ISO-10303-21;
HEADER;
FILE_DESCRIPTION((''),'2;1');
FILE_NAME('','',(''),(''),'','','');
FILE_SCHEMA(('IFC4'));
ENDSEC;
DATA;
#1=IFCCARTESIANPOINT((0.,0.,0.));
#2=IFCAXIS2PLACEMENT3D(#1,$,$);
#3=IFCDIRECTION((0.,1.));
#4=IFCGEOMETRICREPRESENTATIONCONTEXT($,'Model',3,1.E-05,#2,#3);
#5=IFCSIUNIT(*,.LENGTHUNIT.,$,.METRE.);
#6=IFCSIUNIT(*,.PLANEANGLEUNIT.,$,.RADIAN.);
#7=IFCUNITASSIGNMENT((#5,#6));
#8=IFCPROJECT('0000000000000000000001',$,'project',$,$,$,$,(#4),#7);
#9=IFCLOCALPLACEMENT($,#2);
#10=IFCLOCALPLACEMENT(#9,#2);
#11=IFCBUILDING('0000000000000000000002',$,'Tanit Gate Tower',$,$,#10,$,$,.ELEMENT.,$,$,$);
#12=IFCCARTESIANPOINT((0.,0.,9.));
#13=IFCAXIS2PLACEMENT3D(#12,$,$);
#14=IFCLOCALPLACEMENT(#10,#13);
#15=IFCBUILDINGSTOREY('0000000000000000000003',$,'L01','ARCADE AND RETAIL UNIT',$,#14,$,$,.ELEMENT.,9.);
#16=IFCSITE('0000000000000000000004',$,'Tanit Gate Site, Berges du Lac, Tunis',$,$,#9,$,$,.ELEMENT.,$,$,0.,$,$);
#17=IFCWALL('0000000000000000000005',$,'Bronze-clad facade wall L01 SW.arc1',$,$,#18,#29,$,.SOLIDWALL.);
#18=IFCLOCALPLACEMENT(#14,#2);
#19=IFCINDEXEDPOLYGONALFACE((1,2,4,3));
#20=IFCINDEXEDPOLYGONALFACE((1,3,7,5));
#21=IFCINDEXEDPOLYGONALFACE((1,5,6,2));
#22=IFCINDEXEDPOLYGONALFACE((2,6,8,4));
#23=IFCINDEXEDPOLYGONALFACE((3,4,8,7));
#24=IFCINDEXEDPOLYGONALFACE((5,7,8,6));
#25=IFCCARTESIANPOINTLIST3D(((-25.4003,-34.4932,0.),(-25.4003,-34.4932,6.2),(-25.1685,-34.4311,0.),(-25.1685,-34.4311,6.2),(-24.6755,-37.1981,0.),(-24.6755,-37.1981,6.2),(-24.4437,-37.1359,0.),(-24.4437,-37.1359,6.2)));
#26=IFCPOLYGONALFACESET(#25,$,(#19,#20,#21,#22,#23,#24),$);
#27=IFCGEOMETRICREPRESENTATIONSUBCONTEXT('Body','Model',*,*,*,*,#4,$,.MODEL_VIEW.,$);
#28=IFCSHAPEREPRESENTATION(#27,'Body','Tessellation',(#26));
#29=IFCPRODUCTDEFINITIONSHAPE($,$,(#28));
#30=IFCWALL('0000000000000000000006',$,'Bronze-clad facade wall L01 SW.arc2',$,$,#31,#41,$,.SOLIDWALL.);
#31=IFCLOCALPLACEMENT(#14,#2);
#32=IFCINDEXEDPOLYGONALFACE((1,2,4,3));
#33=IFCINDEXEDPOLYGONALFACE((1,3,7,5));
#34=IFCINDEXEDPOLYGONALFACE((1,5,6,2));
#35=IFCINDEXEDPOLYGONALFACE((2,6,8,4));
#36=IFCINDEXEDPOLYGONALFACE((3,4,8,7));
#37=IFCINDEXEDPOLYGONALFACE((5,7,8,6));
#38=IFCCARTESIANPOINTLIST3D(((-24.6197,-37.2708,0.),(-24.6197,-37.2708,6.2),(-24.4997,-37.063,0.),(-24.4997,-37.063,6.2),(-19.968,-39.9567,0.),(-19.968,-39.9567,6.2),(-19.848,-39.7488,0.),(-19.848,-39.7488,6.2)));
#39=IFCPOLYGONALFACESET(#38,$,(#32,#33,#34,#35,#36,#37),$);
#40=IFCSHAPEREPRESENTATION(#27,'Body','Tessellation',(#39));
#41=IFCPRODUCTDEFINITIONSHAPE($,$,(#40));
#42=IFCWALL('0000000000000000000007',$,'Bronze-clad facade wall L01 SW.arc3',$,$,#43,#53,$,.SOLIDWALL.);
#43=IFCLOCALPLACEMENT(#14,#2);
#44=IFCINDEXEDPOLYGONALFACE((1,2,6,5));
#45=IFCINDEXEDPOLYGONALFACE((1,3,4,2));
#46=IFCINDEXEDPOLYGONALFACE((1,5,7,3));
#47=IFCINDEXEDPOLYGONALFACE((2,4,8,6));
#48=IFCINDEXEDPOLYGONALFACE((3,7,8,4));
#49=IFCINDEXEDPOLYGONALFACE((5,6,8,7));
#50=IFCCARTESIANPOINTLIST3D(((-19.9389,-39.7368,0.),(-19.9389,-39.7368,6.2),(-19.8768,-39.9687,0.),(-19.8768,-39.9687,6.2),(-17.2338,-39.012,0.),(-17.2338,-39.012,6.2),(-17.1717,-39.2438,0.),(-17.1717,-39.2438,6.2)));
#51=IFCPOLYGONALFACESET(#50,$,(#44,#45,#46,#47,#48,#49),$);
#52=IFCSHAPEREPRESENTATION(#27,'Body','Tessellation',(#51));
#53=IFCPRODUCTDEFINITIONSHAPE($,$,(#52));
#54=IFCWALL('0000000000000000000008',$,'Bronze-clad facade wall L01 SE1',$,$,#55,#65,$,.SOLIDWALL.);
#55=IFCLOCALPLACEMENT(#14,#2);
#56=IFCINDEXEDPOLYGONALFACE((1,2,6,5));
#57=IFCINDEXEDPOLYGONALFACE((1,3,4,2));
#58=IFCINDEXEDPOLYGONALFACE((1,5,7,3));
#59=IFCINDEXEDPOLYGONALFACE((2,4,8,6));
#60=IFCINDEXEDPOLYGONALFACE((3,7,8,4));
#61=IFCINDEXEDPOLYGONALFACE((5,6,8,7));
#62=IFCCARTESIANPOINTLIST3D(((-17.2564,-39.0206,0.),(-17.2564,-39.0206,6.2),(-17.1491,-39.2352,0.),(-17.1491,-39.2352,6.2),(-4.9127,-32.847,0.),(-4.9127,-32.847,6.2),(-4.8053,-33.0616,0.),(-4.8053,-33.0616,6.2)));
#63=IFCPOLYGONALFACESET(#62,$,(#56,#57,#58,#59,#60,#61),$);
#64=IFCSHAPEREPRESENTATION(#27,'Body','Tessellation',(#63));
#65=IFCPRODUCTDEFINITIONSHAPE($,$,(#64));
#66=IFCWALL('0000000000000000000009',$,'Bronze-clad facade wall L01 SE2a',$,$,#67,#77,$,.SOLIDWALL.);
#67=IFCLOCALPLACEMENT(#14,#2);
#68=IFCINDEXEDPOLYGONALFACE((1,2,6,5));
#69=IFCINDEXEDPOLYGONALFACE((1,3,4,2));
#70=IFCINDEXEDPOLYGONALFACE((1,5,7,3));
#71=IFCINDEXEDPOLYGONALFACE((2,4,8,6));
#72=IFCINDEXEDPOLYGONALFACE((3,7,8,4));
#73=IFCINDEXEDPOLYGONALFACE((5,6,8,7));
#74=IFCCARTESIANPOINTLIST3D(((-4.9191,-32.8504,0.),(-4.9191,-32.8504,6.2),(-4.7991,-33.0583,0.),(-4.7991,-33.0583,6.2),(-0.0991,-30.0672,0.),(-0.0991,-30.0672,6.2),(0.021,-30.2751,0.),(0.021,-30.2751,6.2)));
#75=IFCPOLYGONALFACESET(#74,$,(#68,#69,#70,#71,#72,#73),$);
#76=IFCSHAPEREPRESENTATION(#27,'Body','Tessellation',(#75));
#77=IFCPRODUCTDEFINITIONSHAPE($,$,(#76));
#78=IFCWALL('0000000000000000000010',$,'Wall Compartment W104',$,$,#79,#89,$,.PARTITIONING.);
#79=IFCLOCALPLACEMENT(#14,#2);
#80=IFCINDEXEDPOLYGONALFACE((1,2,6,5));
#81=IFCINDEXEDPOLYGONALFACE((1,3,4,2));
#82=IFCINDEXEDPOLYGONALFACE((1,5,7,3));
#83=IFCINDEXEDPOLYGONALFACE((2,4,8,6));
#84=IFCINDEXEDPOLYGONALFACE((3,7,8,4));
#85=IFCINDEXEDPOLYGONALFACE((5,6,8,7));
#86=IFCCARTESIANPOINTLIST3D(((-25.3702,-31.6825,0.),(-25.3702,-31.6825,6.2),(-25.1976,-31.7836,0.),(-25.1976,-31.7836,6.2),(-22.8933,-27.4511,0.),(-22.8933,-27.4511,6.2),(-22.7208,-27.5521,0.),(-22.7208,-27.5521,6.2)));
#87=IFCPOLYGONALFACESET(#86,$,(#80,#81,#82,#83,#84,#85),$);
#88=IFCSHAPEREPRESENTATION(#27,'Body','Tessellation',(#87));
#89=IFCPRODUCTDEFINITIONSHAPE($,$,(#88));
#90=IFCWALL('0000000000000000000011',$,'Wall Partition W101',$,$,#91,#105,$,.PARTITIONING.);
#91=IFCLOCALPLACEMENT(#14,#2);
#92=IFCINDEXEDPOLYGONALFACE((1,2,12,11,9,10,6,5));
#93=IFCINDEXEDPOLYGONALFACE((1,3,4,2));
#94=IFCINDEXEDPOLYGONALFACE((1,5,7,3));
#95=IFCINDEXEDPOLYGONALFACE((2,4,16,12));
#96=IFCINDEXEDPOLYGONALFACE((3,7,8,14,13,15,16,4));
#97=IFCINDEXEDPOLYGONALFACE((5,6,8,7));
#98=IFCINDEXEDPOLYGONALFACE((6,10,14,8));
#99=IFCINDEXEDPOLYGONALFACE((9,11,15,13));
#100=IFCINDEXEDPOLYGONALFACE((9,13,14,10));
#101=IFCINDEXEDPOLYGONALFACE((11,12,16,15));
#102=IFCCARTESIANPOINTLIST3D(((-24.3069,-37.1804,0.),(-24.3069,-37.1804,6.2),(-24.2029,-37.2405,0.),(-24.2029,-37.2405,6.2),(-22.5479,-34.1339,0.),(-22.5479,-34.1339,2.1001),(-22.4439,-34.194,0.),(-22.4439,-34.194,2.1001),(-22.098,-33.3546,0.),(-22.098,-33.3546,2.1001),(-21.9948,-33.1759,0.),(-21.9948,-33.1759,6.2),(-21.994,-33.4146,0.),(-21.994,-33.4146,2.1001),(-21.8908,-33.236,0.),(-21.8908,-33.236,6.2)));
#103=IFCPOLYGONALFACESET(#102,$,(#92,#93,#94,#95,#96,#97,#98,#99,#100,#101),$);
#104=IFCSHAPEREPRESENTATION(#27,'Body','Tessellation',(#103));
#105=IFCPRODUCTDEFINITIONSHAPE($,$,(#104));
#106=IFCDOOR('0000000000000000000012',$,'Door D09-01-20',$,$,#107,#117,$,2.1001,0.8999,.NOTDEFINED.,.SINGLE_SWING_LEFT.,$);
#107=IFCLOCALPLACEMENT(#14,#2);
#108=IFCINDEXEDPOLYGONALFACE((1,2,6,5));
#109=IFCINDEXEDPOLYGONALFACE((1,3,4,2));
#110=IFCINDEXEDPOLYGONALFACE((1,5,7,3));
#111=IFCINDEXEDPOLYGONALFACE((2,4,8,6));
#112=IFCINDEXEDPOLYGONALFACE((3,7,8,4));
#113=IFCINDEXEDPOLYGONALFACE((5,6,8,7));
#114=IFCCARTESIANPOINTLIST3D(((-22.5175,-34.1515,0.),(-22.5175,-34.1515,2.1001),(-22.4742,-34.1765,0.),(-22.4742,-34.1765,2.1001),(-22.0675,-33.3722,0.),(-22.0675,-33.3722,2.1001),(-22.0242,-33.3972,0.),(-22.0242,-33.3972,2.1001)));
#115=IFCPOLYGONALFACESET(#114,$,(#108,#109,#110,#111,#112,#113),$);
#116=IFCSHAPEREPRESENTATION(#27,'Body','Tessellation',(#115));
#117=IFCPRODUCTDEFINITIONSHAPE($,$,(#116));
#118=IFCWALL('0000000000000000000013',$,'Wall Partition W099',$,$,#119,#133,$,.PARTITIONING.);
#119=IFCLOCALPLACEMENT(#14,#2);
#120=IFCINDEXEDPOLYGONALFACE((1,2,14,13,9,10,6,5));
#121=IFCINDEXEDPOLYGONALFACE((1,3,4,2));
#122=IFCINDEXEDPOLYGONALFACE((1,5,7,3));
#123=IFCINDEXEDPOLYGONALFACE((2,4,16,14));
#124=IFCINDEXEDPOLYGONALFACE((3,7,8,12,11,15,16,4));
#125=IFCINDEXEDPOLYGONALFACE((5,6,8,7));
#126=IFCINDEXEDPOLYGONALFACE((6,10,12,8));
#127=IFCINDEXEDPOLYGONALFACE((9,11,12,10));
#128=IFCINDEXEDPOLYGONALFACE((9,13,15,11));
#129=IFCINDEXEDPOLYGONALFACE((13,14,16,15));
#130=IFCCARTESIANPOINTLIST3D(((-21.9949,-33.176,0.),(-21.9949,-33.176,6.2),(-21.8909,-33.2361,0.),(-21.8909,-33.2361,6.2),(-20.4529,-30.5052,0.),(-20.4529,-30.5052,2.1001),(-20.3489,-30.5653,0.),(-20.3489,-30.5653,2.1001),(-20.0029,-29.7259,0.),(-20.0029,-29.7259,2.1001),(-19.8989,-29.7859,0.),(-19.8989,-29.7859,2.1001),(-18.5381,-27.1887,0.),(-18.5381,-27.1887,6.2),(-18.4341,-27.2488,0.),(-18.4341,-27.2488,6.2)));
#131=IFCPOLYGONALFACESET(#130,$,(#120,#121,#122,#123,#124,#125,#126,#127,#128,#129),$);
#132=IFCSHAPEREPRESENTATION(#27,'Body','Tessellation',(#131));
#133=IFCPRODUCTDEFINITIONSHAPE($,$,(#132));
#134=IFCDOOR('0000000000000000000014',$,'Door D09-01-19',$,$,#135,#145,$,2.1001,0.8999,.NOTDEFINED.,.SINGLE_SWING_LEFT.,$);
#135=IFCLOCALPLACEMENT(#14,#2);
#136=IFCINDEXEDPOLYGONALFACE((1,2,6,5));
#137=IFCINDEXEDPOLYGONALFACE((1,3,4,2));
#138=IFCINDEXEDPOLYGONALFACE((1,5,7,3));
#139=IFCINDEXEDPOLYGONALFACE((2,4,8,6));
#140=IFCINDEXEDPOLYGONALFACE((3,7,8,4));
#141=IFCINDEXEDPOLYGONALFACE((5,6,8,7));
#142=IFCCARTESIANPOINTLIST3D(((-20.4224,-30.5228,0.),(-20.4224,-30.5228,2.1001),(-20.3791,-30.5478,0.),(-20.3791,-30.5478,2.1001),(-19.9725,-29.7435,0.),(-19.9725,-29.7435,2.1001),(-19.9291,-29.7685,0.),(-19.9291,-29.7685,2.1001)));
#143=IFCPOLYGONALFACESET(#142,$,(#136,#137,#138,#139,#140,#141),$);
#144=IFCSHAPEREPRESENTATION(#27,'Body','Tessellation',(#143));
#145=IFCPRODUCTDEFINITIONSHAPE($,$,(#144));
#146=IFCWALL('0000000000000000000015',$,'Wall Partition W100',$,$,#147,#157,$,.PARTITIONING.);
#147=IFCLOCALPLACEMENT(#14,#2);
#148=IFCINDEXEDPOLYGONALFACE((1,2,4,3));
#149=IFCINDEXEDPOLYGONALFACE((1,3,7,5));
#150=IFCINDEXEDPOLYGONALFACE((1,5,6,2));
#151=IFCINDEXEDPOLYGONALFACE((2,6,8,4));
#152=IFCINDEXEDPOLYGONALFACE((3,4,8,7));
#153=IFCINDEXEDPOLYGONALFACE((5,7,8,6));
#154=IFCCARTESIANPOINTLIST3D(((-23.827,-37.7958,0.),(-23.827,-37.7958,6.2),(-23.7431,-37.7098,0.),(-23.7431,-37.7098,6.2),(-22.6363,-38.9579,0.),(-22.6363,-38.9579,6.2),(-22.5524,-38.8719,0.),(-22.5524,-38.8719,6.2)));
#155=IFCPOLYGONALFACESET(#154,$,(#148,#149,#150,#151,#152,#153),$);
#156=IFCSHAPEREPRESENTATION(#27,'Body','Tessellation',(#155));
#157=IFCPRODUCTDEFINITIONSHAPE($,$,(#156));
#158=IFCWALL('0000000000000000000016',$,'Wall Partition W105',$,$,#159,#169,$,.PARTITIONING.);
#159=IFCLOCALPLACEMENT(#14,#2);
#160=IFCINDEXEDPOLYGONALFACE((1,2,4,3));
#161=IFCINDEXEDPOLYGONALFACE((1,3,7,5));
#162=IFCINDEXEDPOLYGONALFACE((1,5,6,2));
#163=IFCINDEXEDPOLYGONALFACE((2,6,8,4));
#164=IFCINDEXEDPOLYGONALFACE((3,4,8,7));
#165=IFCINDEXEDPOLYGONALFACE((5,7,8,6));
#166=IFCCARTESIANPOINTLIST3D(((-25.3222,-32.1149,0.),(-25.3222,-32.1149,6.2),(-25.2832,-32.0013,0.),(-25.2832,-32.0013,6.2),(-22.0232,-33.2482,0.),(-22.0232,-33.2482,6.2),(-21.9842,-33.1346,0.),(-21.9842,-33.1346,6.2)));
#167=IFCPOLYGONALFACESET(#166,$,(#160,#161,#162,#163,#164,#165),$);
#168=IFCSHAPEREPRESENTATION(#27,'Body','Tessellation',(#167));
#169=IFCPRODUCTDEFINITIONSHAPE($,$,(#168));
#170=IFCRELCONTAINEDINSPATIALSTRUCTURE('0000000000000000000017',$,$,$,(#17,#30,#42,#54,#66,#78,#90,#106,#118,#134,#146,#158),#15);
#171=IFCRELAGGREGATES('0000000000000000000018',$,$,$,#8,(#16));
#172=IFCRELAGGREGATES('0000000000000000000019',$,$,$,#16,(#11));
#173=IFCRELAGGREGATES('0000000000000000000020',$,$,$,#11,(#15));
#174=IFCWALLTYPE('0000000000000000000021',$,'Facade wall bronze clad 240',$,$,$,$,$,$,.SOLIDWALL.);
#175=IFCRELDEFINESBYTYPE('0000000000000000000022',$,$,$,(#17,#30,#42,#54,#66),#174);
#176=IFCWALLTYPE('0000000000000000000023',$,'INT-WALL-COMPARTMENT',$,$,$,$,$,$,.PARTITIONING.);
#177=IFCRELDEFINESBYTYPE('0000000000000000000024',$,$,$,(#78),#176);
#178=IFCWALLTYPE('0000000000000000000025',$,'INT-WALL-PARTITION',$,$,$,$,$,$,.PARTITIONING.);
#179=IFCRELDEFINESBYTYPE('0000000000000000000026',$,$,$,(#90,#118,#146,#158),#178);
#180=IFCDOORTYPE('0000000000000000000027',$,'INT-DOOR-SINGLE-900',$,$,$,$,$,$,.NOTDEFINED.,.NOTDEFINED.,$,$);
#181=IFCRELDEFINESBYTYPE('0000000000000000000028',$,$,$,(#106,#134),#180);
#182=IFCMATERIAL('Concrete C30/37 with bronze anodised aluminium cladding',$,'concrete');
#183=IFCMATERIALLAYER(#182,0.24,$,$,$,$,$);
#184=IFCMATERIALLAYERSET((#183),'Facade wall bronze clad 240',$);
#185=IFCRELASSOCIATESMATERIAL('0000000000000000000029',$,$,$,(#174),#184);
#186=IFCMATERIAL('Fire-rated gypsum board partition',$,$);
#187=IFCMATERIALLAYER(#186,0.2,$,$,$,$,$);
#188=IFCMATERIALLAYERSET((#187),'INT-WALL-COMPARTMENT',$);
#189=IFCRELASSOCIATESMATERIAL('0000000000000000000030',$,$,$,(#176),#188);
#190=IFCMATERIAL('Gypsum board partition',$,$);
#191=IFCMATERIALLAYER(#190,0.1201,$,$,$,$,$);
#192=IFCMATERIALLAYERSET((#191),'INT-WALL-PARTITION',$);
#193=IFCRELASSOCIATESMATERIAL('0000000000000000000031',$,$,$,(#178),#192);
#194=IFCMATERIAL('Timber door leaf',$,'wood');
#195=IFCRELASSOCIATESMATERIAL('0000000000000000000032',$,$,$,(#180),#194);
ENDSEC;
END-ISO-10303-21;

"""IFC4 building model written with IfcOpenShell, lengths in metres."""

from ifc_helpers import new_model, si_unit, direction, frame, frame_2d, origin, place, context, subcontext, project, spatial, rectangle, extrude, material, layer, layer_set, type_object, element, fill, save


model = new_model("IFC4")

# Units and contexts
model_context = context("Model", 3, precision=1e-05, world=origin(), true_north=direction((0.0, 1.0)))
body_context = subcontext(model_context, "Body", "Model", "MODEL_VIEW")
ifc_project = project(units=[si_unit("LENGTHUNIT", "METRE"), si_unit("PLANEANGLEUNIT", "RADIAN")], contexts=[model_context])

# Site, building, storey
site_placement = place(None, origin())
site = spatial("IfcSite", under=ifc_project, at=site_placement, Name="Tanit Gate Site, Berges du Lac, Tunis", CompositionType="ELEMENT", RefElevation=0.0)
building_placement = place(site_placement, origin())
building = spatial("IfcBuilding", under=site, at=building_placement, Name="Tanit Gate Tower", CompositionType="ELEMENT")
storey_placement = place(building_placement, frame((0.0, 0.0, 9.0)))
storey = spatial("IfcBuildingStorey", under=building, at=storey_placement, Name="L01", Description="ARCADE AND RETAIL UNIT", CompositionType="ELEMENT", Elevation=9.0)

# Walls
ifc_material_1 = material(Name="Concrete C30/37 with bronze anodised aluminium cladding", Category="concrete")
ifc_layer_1 = layer(ifc_material_1, 0.24)
ifc_layer_set_1 = layer_set([ifc_layer_1], Name="Facade wall bronze clad 240")
wall_type_1 = type_object("IfcWallType", Name="Facade wall bronze clad 240", PredefinedType="SOLIDWALL", material=ifc_layer_set_1)
wall_1_placement = place(storey_placement, frame((-25.2844, -34.4622, 0.0), z_axis=(0.0, 0.0, 1.0), x_axis=(0.258851, -0.965917, 0.0)))
element("IfcWall", 1, at=wall_1_placement, inside=storey, type_object=wall_type_1, Name="Bronze-clad facade wall L01 SW.arc1", PredefinedType="SOLIDWALL", context=body_context, shape_type="SweptSolid", body=[
    extrude(rectangle(XDim=2.8003, YDim=0.24, at=frame_2d((1.4001, 0.0))), origin(), (0.0, 0.0, 1.0), 6.2),
])
wall_2_placement = place(storey_placement, frame((-24.5596, -37.167, 0.0), z_axis=(0.0, 0.0, 1.0), x_axis=(0.866011, -0.500025, 0.0)))
element("IfcWall", 2, at=wall_2_placement, inside=storey, type_object=wall_type_1, Name="Bronze-clad facade wall L01 SW.arc2", PredefinedType="SOLIDWALL", context=body_context, shape_type="SweptSolid", body=[
    extrude(rectangle(XDim=5.3713, YDim=0.24, at=frame_2d((2.6855, 0.0))), origin(), (0.0, 0.0, 1.0), 6.2),
])
wall_3_placement = place(storey_placement, frame((-19.908, -39.8528, 0.0), z_axis=(0.0, 0.0, 1.0), x_axis=(0.965923, 0.258829, 0.0)))
element("IfcWall", 3, at=wall_3_placement, inside=storey, type_object=wall_type_1, Name="Bronze-clad facade wall L01 SW.arc3", PredefinedType="SOLIDWALL", context=body_context, shape_type="SweptSolid", body=[
    extrude(rectangle(XDim=2.8005, YDim=0.24, at=frame_2d((1.4004, 0.0))), origin(), (0.0, 0.0, 1.0), 6.2),
])
wall_4_placement = place(storey_placement, frame((-17.2029, -39.1279, 0.0), z_axis=(0.0, 0.0, 1.0), x_axis=(0.894378, 0.447313, 0.0)))
element("IfcWall", 4, at=wall_4_placement, inside=storey, type_object=wall_type_1, Name="Bronze-clad facade wall L01 SE1", PredefinedType="SOLIDWALL", context=body_context, shape_type="SweptSolid", body=[
    extrude(rectangle(XDim=13.8015, YDim=0.24, at=frame_2d((6.9009, 0.0))), origin(), (0.0, 0.0, 1.0), 6.2),
])
wall_5_placement = place(storey_placement, frame((-4.8591, -32.9543, 0.0), z_axis=(0.0, 0.0, 1.0), x_axis=(0.865999, 0.500045, 0.0)))
element("IfcWall", 5, at=wall_5_placement, inside=storey, type_object=wall_type_1, Name="Bronze-clad facade wall L01 SE2a", PredefinedType="SOLIDWALL", context=body_context, shape_type="SweptSolid", body=[
    extrude(rectangle(XDim=5.5659, YDim=0.24, at=frame_2d((2.783, 0.0))), origin(), (0.0, 0.0, 1.0), 6.2),
])
ifc_material_2 = material(Name="Fire-rated gypsum board partition")
ifc_layer_2 = layer(ifc_material_2, 0.2)
ifc_layer_set_2 = layer_set([ifc_layer_2], Name="INT-WALL-COMPARTMENT")
wall_type_2 = type_object("IfcWallType", Name="INT-WALL-COMPARTMENT", PredefinedType="PARTITIONING", material=ifc_layer_set_2)
wall_6_placement = place(storey_placement, frame((-25.2839, -31.7332, 0.0), z_axis=(0.0, 0.0, 1.0), x_axis=(0.505158, 0.863027, 0.0)))
element("IfcWall", 6, at=wall_6_placement, inside=storey, type_object=wall_type_2, Name="Wall Compartment W104", PredefinedType="PARTITIONING", context=body_context, shape_type="SweptSolid", body=[
    extrude(rectangle(XDim=4.9031, YDim=0.2, at=frame_2d((2.4517, 0.0))), origin(), (0.0, 0.0, 1.0), 6.2),
])

# Walls, openings, doors
ifc_material_3 = material(Name="Gypsum board partition")
ifc_layer_3 = layer(ifc_material_3, 0.1201)
ifc_layer_set_3 = layer_set([ifc_layer_3], Name="INT-WALL-PARTITION")
wall_type_3 = type_object("IfcWallType", Name="INT-WALL-PARTITION", PredefinedType="PARTITIONING", material=ifc_layer_set_3)
wall_7_placement = place(storey_placement, frame((-24.2549, -37.2104, 0.0), z_axis=(0.0, 0.0, 1.0), x_axis=(0.500012, 0.866019, 0.0)))
wall_7 = element("IfcWall", 7, at=wall_7_placement, inside=storey, type_object=wall_type_3, Name="Wall Partition W101", PredefinedType="PARTITIONING", context=body_context, shape_type="SweptSolid", body=[
    extrude(rectangle(XDim=4.624, YDim=0.1201, at=frame_2d((2.312, 0.0))), origin(), (0.0, 0.0, 1.0), 6.2),
])
opening_1_placement = place(wall_7_placement, frame((3.5178, 0.0, 0.0)))
opening_1 = element("IfcOpeningElement", 8, at=opening_1_placement, cuts=wall_7, PredefinedType="OPENING", context=body_context, shape_type="SweptSolid", body=[
    extrude(rectangle(XDim=0.8999, YDim=2.1001, at=frame_2d((0.45, 1.05))), frame((0.0, 0.0701, 0.0), z_axis=(0.0, -1.0, 0.0), x_axis=(1.0, 0.0, 0.0)), (0.0, 0.0, 1.0), 0.1401),
])
ifc_material_4 = material(Name="Timber door leaf", Category="wood")
door_type = type_object("IfcDoorType", Name="INT-DOOR-SINGLE-900", OperationType="NOTDEFINED", PredefinedType="NOTDEFINED", material=ifc_material_4)
door_1_placement = place(opening_1_placement, origin())
door_1 = element("IfcDoor", 9, at=door_1_placement, inside=storey, type_object=door_type, Name="Door D09-01-20", OperationType="SINGLE_SWING_LEFT", OverallHeight=2.1001, OverallWidth=0.8999, PredefinedType="NOTDEFINED", context=body_context, shape_type="SweptSolid", body=[
    extrude(rectangle(XDim=0.8999, YDim=2.1001, at=frame_2d((0.45, 1.05))), frame((0.0, 0.0249, 0.0), z_axis=(0.0, -1.0, 0.0), x_axis=(1.0, 0.0, 0.0)), (0.0, 0.0, 1.0), 0.05),
])
fill(opening_1, door_1)
wall_8_placement = place(storey_placement, frame((-21.9429, -33.2061, 0.0), z_axis=(0.0, 0.0, 1.0), x_axis=(0.500002, 0.866024, 0.0)))
wall_8 = element("IfcWall", 10, at=wall_8_placement, inside=storey, type_object=wall_type_3, Name="Wall Partition W099", PredefinedType="PARTITIONING", context=body_context, shape_type="SweptSolid", body=[
    extrude(rectangle(XDim=6.9136, YDim=0.1201, at=frame_2d((3.4568, 0.0))), origin(), (0.0, 0.0, 1.0), 6.2),
])
opening_2_placement = place(wall_8_placement, frame((3.084, 0.0, 0.0)))
opening_2 = element("IfcOpeningElement", 11, at=opening_2_placement, cuts=wall_8, PredefinedType="OPENING", context=body_context, shape_type="SweptSolid", body=[
    extrude(rectangle(XDim=0.8999, YDim=2.1001, at=frame_2d((0.45, 1.05))), frame((0.0, 0.0701, 0.0), z_axis=(0.0, -1.0, 0.0), x_axis=(1.0, 0.0, 0.0)), (0.0, 0.0, 1.0), 0.1401),
])
door_2_placement = place(opening_2_placement, origin())
door_2 = element("IfcDoor", 12, at=door_2_placement, inside=storey, type_object=door_type, Name="Door D09-01-19", OperationType="SINGLE_SWING_LEFT", OverallHeight=2.1001, OverallWidth=0.8999, PredefinedType="NOTDEFINED", context=body_context, shape_type="SweptSolid", body=[
    extrude(rectangle(XDim=0.8999, YDim=2.1001, at=frame_2d((0.45, 1.05))), frame((0.0, 0.0249, 0.0), z_axis=(0.0, -1.0, 0.0), x_axis=(1.0, 0.0, 0.0)), (0.0, 0.0, 1.0), 0.05),
])
fill(opening_2, door_2)

# Walls
wall_9_placement = place(storey_placement, frame((-23.7852, -37.7527, 0.0), z_axis=(0.0, 0.0, 1.0), x_axis=(0.715639, -0.698471, 0.0)))
element("IfcWall", 13, at=wall_9_placement, inside=storey, type_object=wall_type_3, Name="Wall Partition W100", PredefinedType="PARTITIONING", context=body_context, shape_type="SweptSolid", body=[
    extrude(rectangle(XDim=1.6638, YDim=0.1201, at=frame_2d((0.832, 0.0))), origin(), (0.0, 0.0, 1.0), 6.2),
])
wall_10_placement = place(storey_placement, frame((-25.3027, -32.0581, 0.0), z_axis=(0.0, 0.0, 1.0), x_axis=(0.945753, -0.324886, 0.0)))
element("IfcWall", 14, at=wall_10_placement, inside=storey, type_object=wall_type_3, Name="Wall Partition W105", PredefinedType="PARTITIONING", context=body_context, shape_type="SweptSolid", body=[
    extrude(rectangle(XDim=3.4883, YDim=0.1201, at=frame_2d((1.7441, 0.0))), origin(), (0.0, 0.0, 1.0), 6.2),
])

save(model, "model.ifc")
